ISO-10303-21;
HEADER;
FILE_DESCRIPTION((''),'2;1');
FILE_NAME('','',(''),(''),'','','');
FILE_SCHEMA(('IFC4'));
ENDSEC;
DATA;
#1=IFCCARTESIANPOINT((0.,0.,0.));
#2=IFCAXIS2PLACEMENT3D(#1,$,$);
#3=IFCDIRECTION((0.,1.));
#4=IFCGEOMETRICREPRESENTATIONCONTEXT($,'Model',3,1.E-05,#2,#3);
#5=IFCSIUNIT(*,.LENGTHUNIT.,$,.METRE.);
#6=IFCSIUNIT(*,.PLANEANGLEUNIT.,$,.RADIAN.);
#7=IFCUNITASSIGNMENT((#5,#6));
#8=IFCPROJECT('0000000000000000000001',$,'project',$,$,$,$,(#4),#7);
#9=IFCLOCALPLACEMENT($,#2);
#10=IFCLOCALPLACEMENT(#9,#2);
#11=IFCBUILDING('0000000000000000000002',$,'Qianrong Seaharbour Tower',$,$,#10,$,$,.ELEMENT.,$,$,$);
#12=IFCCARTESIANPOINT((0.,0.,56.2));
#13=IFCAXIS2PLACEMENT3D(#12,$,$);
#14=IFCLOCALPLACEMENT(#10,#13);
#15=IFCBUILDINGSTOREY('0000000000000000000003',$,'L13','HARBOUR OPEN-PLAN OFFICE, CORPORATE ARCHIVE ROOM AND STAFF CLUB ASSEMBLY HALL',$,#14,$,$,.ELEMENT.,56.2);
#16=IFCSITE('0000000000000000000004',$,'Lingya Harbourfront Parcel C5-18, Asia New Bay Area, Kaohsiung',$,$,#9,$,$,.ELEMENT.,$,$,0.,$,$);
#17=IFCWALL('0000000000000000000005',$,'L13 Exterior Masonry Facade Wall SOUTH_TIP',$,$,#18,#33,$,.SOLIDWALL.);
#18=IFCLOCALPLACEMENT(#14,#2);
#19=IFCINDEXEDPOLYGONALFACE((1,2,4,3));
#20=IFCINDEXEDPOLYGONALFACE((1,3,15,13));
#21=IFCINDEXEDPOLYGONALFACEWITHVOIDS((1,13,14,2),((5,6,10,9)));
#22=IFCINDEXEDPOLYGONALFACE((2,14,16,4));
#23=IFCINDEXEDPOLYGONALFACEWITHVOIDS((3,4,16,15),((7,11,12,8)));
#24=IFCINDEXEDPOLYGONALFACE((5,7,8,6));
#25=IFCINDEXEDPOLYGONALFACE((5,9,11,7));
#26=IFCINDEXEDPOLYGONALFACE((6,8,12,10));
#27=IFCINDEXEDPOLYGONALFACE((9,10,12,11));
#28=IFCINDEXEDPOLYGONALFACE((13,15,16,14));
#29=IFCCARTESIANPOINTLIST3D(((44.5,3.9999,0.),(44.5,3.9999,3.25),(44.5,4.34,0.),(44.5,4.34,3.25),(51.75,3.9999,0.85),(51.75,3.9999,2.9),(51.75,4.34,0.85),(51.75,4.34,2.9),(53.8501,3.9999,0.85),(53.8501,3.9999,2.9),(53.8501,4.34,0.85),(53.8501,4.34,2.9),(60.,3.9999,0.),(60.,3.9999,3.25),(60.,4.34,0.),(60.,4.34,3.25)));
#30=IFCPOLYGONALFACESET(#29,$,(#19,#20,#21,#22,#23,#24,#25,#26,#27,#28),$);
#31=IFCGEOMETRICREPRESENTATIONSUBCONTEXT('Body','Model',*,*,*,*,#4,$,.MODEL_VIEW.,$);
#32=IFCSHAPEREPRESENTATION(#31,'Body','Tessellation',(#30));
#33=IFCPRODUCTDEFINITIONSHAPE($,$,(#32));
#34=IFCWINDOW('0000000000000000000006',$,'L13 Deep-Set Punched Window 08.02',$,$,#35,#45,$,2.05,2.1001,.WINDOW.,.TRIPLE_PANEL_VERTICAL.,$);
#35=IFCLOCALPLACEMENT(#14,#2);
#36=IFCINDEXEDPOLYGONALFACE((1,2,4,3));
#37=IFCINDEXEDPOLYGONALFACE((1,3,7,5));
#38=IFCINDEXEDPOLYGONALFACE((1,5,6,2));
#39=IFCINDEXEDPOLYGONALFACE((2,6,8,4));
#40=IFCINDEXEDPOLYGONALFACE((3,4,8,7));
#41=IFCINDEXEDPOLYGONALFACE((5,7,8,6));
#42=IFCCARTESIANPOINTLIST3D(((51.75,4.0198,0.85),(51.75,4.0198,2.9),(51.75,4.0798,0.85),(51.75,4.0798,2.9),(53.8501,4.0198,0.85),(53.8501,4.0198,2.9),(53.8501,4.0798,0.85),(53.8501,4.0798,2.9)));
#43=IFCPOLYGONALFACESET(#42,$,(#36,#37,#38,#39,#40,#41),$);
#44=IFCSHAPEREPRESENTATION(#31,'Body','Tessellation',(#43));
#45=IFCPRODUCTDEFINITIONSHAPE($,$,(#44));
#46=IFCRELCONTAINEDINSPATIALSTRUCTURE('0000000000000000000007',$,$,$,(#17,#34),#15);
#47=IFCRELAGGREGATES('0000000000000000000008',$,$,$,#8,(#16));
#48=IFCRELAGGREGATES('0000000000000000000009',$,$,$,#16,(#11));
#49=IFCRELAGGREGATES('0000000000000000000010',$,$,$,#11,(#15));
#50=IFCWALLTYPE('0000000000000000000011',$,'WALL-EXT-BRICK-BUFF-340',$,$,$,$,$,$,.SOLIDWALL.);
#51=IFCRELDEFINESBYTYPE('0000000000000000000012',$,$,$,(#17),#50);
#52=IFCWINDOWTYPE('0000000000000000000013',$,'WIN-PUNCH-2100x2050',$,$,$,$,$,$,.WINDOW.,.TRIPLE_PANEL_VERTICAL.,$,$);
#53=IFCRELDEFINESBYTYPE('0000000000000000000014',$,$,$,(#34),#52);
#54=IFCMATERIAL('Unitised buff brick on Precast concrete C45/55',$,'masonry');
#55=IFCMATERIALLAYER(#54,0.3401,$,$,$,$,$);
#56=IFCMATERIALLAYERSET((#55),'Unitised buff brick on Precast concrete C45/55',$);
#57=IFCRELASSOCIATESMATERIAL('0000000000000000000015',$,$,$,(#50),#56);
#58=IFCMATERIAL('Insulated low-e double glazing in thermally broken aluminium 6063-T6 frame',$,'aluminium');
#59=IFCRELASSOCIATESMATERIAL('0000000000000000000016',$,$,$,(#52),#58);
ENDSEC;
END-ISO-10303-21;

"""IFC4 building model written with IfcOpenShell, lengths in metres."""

from ifc_helpers import new_model, si_unit, direction, frame, frame_2d, origin, place, context, subcontext, project, spatial, rectangle, extrude, material, layer, layer_set, type_object, element, fill, save


model = new_model("IFC4")

# Units and contexts
model_context = context("Model", 3, precision=1e-05, world=origin(), true_north=direction((0.0, 1.0)))
body_context = subcontext(model_context, "Body", "Model", "MODEL_VIEW")
ifc_project = project(units=[si_unit("LENGTHUNIT", "METRE"), si_unit("PLANEANGLEUNIT", "RADIAN")], contexts=[model_context])

# Site, building, storey
site_placement = place(None, origin())
site = spatial("IfcSite", under=ifc_project, at=site_placement, Name="Lingya Harbourfront Parcel C5-18, Asia New Bay Area, Kaohsiung", CompositionType="ELEMENT", RefElevation=0.0)
building_placement = place(site_placement, origin())
building = spatial("IfcBuilding", under=site, at=building_placement, Name="Qianrong Seaharbour Tower", CompositionType="ELEMENT")
storey_placement = place(building_placement, frame((0.0, 0.0, 56.2)))
storey = spatial("IfcBuildingStorey", under=building, at=storey_placement, Name="L13", Description="HARBOUR OPEN-PLAN OFFICE, CORPORATE ARCHIVE ROOM AND STAFF CLUB ASSEMBLY HALL", CompositionType="ELEMENT", Elevation=56.2)

# Shared definitions
ifc_material_1 = material(Name="Unitised buff brick on Precast concrete C45/55", Category="masonry")
ifc_layer_1 = layer(ifc_material_1, 0.3401)
ifc_layer_set_1 = layer_set([ifc_layer_1], Name="Unitised buff brick on Precast concrete C45/55")
wall_type_1 = type_object("IfcWallType", Name="WALL-EXT-BRICK-BUFF-340", PredefinedType="SOLIDWALL", material=ifc_layer_set_1)

# Wall, opening, window
wall_1_placement = place(storey_placement, frame((60.0, 4.1699, 0.0), z_axis=(0.0, 0.0, 1.0), x_axis=(-1.0, 0.0, 0.0)))
wall_1 = element("IfcWall", 1, at=wall_1_placement, inside=storey, type_object=wall_type_1, Name="L13 Exterior Masonry Facade Wall SOUTH_TIP", PredefinedType="SOLIDWALL", context=body_context, shape_type="SweptSolid", body=[
    extrude(rectangle(XDim=15.5, YDim=0.3401, at=frame_2d((7.75, 0.0))), origin(), (0.0, 0.0, 1.0), 3.25),
])
opening_1_placement = place(wall_1_placement, frame((6.1499, 0.0, 0.8501)))
opening_1 = element("IfcOpeningElement", 2, at=opening_1_placement, cuts=wall_1, PredefinedType="OPENING", context=body_context, shape_type="SweptSolid", body=[
    extrude(rectangle(XDim=2.1001, YDim=2.05, at=frame_2d((1.05, 1.0249))), frame((0.0, 0.1802, 0.0), z_axis=(0.0, -1.0, 0.0), x_axis=(1.0, 0.0, 0.0)), (0.0, 0.0, 1.0), 0.3601),
])
ifc_material_2 = material(Name="Insulated low-e double glazing in thermally broken aluminium 6063-T6 frame", Category="aluminium")
window_type = type_object("IfcWindowType", Name="WIN-PUNCH-2100x2050", PartitioningType="TRIPLE_PANEL_VERTICAL", PredefinedType="WINDOW", material=ifc_material_2)
window_placement = place(opening_1_placement, origin())
window = element("IfcWindow", 3, at=window_placement, inside=storey, type_object=window_type, Name="L13 Deep-Set Punched Window 08.02", OverallHeight=2.05, OverallWidth=2.1001, PartitioningType="TRIPLE_PANEL_VERTICAL", PredefinedType="WINDOW", context=body_context, shape_type="SweptSolid", body=[
    extrude(rectangle(XDim=2.1001, YDim=2.05, at=frame_2d((1.05, 1.0249))), frame((0.0, 0.1501, 0.0), z_axis=(0.0, -1.0, 0.0), x_axis=(1.0, 0.0, 0.0)), (0.0, 0.0, 1.0), 0.0601),
])
fill(opening_1, window)

save(model, "model.ifc")
